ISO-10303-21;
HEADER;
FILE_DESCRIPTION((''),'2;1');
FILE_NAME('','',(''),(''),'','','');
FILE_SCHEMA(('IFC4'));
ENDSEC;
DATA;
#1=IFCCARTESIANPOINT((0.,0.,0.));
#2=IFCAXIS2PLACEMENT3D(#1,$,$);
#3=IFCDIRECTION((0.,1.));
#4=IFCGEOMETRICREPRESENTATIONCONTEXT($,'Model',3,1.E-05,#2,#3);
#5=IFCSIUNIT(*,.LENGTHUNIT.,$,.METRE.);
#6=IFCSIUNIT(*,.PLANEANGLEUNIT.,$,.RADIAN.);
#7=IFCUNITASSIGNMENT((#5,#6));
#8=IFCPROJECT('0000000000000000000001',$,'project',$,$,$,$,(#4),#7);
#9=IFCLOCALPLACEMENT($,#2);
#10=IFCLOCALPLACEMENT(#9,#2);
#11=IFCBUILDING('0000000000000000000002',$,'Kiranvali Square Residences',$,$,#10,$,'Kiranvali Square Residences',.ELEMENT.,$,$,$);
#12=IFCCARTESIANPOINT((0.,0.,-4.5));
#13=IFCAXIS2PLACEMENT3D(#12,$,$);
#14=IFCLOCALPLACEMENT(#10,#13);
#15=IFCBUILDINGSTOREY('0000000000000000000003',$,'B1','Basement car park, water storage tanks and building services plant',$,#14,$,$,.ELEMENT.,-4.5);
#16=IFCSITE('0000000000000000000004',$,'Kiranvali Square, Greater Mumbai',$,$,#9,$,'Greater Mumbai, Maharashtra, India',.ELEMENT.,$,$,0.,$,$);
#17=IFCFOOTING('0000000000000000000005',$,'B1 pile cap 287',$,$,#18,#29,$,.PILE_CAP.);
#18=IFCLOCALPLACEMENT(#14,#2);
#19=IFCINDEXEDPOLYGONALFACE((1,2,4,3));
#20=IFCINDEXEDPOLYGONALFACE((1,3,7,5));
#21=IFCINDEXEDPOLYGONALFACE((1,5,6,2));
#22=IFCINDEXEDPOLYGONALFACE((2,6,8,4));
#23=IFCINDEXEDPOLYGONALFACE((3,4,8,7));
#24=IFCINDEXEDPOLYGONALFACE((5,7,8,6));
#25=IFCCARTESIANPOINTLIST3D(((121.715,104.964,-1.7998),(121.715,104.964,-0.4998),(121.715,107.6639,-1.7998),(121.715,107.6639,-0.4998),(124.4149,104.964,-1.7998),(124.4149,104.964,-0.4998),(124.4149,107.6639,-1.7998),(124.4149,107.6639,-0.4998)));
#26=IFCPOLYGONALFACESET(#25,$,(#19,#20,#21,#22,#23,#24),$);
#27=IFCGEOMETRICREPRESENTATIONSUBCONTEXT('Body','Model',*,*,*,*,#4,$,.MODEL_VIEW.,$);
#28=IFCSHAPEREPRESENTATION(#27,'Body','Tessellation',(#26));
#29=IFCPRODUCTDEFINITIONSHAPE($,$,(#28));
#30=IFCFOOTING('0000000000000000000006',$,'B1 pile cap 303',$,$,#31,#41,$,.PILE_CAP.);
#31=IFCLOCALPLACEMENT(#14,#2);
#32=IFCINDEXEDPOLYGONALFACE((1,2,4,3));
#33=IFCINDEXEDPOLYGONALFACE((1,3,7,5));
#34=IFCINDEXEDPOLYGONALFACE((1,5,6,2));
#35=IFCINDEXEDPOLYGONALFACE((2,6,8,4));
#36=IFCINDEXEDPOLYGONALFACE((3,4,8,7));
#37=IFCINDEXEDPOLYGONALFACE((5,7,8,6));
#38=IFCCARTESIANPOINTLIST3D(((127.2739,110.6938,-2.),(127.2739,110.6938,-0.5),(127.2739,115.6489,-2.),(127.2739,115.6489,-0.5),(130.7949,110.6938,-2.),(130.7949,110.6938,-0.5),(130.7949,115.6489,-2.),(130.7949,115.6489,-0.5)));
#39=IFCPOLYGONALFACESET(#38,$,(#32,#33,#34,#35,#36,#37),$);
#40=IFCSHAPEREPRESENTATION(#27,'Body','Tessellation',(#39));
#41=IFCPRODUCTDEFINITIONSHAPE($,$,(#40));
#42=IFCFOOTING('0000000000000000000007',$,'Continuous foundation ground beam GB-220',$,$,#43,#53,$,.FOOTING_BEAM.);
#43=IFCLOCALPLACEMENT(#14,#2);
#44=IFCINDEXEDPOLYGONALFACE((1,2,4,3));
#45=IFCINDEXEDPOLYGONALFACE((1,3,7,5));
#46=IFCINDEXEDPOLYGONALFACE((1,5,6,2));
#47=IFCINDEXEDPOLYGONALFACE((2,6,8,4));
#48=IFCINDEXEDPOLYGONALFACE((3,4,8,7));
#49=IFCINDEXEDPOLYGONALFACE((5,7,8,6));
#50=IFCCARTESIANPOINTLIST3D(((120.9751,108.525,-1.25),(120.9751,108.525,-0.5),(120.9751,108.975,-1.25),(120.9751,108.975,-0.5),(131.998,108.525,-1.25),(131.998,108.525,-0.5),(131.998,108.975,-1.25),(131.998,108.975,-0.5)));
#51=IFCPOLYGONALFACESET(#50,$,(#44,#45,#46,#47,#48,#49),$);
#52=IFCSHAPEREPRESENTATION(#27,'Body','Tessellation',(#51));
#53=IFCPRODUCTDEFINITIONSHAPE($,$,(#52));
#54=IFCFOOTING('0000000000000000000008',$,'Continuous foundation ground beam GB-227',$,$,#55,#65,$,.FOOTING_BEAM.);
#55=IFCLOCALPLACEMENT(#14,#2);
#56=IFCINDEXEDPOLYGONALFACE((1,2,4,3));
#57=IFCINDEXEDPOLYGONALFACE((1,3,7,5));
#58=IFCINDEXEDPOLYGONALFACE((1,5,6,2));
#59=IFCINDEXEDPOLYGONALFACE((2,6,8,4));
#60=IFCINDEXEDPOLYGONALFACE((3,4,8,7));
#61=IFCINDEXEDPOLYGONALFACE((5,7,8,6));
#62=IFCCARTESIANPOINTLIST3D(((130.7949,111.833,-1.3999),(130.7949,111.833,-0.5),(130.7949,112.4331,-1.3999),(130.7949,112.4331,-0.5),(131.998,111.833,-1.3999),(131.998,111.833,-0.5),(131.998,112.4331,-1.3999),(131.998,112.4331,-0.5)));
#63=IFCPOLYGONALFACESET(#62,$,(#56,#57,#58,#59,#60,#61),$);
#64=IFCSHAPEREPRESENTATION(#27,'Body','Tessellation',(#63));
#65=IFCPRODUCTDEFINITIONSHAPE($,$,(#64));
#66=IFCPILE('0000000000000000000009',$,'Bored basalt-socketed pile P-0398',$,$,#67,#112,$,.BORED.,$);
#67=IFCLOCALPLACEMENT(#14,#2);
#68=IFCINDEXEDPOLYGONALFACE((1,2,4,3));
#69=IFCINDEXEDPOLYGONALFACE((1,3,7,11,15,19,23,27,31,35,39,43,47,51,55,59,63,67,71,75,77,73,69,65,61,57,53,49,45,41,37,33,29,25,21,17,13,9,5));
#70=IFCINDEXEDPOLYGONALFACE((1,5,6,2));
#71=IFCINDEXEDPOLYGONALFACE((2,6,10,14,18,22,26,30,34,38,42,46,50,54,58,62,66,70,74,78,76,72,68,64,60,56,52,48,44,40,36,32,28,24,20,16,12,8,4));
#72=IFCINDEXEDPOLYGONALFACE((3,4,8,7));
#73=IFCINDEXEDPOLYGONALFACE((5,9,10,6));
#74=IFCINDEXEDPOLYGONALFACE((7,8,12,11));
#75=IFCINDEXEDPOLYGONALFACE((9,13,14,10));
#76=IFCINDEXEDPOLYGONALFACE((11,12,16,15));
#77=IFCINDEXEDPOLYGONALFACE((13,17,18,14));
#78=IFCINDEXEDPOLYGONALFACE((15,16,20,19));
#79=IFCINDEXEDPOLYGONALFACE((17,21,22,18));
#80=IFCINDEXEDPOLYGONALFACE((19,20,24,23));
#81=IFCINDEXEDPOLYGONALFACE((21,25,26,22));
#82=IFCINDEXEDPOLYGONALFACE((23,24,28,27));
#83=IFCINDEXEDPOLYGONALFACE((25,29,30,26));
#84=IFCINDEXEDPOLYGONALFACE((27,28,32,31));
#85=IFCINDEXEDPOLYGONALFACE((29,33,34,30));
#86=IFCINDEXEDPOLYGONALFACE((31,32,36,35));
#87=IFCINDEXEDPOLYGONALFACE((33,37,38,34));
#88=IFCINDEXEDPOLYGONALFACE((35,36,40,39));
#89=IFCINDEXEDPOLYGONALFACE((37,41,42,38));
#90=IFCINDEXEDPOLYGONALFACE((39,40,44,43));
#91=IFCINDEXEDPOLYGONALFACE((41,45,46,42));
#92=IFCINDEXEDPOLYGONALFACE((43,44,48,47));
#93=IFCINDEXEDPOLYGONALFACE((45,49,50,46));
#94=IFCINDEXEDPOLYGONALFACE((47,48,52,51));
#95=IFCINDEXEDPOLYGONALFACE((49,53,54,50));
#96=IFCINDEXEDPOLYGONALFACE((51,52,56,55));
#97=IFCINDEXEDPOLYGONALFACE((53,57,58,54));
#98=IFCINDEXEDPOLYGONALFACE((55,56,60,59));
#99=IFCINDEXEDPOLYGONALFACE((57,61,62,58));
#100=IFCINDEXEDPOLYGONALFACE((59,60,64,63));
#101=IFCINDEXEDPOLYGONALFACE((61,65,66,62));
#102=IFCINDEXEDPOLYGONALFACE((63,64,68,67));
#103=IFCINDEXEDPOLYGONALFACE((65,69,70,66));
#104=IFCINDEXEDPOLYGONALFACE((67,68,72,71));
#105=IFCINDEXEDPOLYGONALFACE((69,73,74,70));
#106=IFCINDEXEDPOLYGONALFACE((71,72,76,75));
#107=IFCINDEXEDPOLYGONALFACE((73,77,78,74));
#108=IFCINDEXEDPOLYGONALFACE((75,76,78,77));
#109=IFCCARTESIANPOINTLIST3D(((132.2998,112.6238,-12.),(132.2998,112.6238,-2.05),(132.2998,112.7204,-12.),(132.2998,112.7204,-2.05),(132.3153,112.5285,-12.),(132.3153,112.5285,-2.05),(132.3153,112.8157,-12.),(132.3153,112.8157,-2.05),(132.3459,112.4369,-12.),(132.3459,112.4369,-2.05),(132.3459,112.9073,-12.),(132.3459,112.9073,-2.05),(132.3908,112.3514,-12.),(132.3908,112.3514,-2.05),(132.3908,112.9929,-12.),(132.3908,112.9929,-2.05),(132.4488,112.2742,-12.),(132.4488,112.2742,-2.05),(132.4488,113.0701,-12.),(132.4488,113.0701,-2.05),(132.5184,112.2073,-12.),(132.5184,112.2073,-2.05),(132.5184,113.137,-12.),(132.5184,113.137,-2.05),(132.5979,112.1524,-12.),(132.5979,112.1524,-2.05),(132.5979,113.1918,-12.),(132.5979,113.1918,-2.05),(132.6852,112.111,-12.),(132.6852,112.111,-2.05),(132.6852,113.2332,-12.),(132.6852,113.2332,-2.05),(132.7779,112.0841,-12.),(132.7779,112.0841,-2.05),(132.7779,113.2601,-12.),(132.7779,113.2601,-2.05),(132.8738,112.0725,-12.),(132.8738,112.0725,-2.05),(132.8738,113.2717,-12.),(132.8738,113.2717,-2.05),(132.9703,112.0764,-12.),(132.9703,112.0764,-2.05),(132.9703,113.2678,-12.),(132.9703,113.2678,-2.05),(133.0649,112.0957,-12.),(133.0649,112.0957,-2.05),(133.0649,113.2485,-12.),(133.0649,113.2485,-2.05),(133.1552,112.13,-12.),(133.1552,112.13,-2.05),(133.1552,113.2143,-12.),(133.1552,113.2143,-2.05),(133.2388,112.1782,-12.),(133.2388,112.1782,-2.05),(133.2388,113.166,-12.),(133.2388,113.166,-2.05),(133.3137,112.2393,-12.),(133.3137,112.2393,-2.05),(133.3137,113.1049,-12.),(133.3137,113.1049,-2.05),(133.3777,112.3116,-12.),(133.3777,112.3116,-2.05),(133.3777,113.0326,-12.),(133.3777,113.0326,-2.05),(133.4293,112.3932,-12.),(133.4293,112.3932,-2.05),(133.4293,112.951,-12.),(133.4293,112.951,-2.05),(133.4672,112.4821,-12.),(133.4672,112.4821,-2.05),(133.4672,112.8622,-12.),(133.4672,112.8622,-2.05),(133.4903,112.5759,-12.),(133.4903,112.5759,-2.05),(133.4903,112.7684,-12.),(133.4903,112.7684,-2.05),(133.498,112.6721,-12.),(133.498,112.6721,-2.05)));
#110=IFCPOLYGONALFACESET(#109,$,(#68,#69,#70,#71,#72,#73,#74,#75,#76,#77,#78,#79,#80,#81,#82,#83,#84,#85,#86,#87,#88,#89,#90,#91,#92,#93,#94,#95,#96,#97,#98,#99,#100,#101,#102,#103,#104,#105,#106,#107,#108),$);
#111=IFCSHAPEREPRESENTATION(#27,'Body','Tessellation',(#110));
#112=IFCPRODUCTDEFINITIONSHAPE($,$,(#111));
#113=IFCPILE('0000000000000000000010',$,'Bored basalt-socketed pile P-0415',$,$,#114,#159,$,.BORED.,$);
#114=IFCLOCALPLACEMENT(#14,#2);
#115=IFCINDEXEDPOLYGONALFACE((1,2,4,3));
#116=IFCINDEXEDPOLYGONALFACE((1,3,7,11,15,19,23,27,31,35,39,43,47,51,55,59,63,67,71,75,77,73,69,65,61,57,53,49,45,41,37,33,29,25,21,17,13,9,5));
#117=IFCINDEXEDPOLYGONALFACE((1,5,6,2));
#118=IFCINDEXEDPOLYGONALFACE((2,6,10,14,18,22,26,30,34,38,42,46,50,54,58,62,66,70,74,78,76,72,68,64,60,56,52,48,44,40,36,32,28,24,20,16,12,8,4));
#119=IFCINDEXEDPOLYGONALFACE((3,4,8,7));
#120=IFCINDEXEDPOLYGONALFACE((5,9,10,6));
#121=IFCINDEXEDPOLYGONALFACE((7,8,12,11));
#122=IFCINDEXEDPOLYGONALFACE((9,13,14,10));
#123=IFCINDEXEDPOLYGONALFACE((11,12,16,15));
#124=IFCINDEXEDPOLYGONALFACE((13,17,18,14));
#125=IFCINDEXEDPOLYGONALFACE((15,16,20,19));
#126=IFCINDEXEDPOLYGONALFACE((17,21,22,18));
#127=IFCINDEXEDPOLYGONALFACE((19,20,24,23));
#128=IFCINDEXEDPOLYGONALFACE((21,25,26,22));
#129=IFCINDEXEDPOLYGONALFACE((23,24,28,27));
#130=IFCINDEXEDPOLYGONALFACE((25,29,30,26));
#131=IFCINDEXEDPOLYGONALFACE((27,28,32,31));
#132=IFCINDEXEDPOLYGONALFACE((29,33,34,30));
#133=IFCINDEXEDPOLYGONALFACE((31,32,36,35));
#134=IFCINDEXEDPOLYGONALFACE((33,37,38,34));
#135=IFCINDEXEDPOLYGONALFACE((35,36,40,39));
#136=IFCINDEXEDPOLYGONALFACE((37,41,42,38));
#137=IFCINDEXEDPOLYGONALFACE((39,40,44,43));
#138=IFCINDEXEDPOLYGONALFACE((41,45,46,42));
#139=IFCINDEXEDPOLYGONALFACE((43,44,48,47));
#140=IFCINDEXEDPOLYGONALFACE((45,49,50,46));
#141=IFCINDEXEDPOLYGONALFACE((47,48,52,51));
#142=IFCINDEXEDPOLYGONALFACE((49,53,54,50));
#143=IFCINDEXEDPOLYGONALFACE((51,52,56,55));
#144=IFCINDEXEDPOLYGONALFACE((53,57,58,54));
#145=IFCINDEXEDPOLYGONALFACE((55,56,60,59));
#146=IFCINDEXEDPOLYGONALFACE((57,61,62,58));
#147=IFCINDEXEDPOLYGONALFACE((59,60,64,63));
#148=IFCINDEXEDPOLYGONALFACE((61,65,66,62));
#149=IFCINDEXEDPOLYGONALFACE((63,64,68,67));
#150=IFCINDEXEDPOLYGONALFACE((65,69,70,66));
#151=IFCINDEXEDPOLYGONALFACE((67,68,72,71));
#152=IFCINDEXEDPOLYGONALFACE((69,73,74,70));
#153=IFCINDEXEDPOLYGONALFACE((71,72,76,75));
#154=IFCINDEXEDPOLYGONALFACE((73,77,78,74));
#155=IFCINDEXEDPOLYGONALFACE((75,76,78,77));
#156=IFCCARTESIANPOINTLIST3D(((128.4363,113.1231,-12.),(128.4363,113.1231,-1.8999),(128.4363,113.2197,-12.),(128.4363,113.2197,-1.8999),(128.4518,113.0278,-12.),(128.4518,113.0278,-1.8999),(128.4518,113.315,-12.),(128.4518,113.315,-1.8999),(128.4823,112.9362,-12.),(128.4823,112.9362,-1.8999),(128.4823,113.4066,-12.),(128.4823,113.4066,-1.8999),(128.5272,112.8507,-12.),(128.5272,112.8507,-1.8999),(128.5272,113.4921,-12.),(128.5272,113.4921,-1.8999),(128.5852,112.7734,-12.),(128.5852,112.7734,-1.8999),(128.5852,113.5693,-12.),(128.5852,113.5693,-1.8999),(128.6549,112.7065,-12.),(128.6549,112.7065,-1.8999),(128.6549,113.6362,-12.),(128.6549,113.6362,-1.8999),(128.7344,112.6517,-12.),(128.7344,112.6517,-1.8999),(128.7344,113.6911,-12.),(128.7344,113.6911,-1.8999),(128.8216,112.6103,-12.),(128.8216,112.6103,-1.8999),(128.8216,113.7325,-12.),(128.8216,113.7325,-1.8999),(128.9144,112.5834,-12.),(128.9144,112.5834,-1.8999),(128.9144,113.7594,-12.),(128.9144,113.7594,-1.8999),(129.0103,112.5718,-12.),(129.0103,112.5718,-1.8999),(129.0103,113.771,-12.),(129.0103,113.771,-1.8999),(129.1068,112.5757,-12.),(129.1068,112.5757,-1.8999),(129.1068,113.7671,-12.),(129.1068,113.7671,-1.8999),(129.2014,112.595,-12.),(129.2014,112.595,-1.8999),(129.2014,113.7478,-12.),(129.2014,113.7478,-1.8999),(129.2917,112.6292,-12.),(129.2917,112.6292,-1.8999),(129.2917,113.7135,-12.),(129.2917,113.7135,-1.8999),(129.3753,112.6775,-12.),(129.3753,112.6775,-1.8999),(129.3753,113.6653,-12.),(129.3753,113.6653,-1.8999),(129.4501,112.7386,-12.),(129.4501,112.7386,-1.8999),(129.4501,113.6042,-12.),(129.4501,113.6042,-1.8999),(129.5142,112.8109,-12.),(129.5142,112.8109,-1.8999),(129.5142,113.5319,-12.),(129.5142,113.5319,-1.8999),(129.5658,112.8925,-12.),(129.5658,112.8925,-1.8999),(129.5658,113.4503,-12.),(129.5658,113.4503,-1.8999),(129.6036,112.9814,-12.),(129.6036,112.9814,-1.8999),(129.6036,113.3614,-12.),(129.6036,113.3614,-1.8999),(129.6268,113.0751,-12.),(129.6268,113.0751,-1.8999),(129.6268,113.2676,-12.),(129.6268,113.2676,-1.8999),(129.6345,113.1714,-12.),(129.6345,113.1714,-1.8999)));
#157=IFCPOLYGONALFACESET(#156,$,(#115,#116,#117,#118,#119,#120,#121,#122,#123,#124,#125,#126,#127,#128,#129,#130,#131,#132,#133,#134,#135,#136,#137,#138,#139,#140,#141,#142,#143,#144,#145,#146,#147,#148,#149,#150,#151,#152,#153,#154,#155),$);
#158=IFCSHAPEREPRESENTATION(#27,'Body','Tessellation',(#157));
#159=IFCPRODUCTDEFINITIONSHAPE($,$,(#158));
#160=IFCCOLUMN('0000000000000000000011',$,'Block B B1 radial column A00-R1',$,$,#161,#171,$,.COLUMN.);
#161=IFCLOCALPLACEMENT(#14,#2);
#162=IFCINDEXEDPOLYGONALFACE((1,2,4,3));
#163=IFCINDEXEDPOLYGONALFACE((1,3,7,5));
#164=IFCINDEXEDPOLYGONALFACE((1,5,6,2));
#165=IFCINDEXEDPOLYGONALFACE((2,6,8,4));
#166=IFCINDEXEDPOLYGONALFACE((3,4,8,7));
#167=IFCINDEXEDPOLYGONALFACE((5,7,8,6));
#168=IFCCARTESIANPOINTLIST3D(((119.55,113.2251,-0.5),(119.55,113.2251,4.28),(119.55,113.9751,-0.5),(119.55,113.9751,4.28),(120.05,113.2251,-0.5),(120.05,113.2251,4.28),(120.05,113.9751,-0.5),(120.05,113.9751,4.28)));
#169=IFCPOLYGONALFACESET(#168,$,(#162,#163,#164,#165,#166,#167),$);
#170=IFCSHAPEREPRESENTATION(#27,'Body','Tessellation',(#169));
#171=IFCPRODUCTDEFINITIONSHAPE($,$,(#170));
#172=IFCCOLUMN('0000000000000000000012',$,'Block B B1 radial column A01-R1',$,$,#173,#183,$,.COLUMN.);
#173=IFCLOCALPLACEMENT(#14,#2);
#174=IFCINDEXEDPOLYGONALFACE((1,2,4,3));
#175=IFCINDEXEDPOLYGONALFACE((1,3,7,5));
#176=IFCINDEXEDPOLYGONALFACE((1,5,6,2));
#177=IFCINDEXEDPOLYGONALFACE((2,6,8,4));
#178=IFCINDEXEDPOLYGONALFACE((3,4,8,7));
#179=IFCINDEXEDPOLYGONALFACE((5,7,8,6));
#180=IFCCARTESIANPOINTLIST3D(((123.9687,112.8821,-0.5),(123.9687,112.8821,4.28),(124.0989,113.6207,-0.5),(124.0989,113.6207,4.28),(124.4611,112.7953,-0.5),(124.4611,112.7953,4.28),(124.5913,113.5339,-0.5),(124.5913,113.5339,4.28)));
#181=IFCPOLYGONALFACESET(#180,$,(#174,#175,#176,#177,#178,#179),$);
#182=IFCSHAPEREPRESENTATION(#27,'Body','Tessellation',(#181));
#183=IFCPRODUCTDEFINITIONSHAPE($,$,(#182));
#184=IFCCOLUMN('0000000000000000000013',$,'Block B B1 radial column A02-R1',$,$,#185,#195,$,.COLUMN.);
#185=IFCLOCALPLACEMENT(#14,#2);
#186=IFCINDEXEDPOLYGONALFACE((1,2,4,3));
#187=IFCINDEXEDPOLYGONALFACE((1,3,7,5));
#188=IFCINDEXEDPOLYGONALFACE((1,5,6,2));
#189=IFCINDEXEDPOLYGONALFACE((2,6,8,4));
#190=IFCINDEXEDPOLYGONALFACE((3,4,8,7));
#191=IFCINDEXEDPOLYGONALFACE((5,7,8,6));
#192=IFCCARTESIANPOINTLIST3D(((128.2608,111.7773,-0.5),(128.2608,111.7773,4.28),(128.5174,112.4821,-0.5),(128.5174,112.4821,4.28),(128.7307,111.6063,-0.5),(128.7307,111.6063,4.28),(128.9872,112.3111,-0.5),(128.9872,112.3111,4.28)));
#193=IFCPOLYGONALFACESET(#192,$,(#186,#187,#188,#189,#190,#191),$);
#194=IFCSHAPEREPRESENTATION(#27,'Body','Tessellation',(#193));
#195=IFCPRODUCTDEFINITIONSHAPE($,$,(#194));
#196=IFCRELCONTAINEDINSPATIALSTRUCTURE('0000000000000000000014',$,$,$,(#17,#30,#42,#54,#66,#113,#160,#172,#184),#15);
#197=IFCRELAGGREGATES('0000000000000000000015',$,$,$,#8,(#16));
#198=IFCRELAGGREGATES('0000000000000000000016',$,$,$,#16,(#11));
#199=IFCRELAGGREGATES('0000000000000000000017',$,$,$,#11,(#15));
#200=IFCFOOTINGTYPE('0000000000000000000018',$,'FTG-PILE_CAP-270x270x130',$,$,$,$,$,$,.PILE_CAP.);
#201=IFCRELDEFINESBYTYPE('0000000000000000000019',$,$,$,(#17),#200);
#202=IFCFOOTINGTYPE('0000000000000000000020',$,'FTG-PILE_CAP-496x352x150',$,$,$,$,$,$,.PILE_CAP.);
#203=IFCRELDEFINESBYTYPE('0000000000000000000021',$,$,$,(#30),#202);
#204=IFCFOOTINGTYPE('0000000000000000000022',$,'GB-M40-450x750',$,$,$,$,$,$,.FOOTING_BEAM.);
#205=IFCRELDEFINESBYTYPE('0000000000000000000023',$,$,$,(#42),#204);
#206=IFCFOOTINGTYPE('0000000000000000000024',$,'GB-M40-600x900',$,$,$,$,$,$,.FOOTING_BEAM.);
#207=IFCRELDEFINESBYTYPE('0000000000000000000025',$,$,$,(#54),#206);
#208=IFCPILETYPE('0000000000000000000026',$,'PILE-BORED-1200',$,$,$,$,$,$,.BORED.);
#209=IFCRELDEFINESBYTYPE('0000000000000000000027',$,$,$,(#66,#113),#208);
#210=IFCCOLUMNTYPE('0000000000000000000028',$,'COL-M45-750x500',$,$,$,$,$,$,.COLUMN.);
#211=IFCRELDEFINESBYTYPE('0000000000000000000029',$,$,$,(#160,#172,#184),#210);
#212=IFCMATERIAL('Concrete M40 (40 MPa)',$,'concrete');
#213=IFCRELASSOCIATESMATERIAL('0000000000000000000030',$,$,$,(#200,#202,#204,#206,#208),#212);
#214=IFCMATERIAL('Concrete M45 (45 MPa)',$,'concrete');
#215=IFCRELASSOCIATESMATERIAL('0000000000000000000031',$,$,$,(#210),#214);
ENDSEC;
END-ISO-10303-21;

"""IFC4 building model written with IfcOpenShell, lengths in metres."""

from ifc_helpers import new_model, si_unit, direction, frame, origin, origin_2d, place, context, subcontext, project, spatial, rectangle, circle, extrude, material, material_profile, profile_set, type_object, element, save


model = new_model("IFC4")

# Units and contexts
model_context = context("Model", 3, precision=1e-05, world=origin(), true_north=direction((0.0, 1.0)))
body_context = subcontext(model_context, "Body", "Model", "MODEL_VIEW")
ifc_project = project(units=[si_unit("LENGTHUNIT", "METRE"), si_unit("PLANEANGLEUNIT", "RADIAN")], contexts=[model_context])

# Site, building, storey
site_placement = place(None, origin())
site = spatial("IfcSite", under=ifc_project, at=site_placement, Name="Kiranvali Square, Greater Mumbai", LongName="Greater Mumbai, Maharashtra, India", CompositionType="ELEMENT", RefElevation=0.0)
building_placement = place(site_placement, origin())
building = spatial("IfcBuilding", under=site, at=building_placement, Name="Kiranvali Square Residences", LongName="Kiranvali Square Residences", CompositionType="ELEMENT")
storey_placement = place(building_placement, frame((0.0, 0.0, -4.5)))
storey = spatial("IfcBuildingStorey", under=building, at=storey_placement, Name="B1", Description="Basement car park, water storage tanks and building services plant", CompositionType="ELEMENT", Elevation=-4.5)

# Footings
ifc_material_1 = material(Name="Concrete M40 (40 MPa)", Category="concrete")
footing_type_1 = type_object("IfcFootingType", Name="FTG-PILE_CAP-270x270x130", PredefinedType="PILE_CAP", material=ifc_material_1)
footing_1_placement = place(storey_placement, frame((123.0649, 106.314, -1.7998), z_axis=(0.0, 0.0, 1.0), x_axis=(1.0, 0.0, 0.0)))
element("IfcFooting", 1, at=footing_1_placement, inside=storey, type_object=footing_type_1, Name="B1 pile cap 287", PredefinedType="PILE_CAP", context=body_context, shape_type="SweptSolid", body=[
    extrude(rectangle(XDim=2.7, YDim=2.7, at=origin_2d()), origin(), (0.0, 0.0, 1.0), 1.3),
])
footing_type_2 = type_object("IfcFootingType", Name="FTG-PILE_CAP-496x352x150", PredefinedType="PILE_CAP", material=ifc_material_1)
footing_2_placement = place(storey_placement, frame((129.0344, 113.1714, -2.0), z_axis=(0.0, 0.0, 1.0), x_axis=(0.0, 1.0, 0.0)))
element("IfcFooting", 2, at=footing_2_placement, inside=storey, type_object=footing_type_2, Name="B1 pile cap 303", PredefinedType="PILE_CAP", context=body_context, shape_type="SweptSolid", body=[
    extrude(rectangle(XDim=4.9551, YDim=3.521, at=origin_2d()), origin(), (0.0, 0.0, 1.0), 1.5),
])
ifc_material_profile_1 = material_profile(ifc_material_1, rectangle(XDim=0.45, YDim=0.75, at=origin_2d()), Name="GB 450x750")
ifc_profile_set_1 = profile_set([ifc_material_profile_1], Name="Concrete M40 (40 MPa)")
footing_type_3 = type_object("IfcFootingType", Name="GB-M40-450x750", PredefinedType="FOOTING_BEAM", material=ifc_profile_set_1)
footing_3_placement = place(storey_placement, frame((120.9751, 108.75, -0.875), z_axis=(1.0, 0.0, 0.0), x_axis=(0.0, 1.0, 0.0)))
element("IfcFooting", 3, at=footing_3_placement, inside=storey, type_object=footing_type_3, Name="Continuous foundation ground beam GB-220", PredefinedType="FOOTING_BEAM", context=body_context, shape_type="SweptSolid", body=[
    extrude(rectangle(XDim=0.45, YDim=0.75, at=origin_2d()), origin(), (0.0, 0.0, 1.0), 11.0229),
])
ifc_material_profile_2 = material_profile(ifc_material_1, rectangle(XDim=0.6001, YDim=0.8999, at=origin_2d()), Name="GB 600x900")
ifc_profile_set_2 = profile_set([ifc_material_profile_2], Name="Concrete M40 (40 MPa)")
footing_type_4 = type_object("IfcFootingType", Name="GB-M40-600x900", PredefinedType="FOOTING_BEAM", material=ifc_profile_set_2)
footing_4_placement = place(storey_placement, frame((130.7949, 112.1331, -0.95), z_axis=(1.0, 0.0, 0.0), x_axis=(0.0, 1.0, 0.0)))
element("IfcFooting", 4, at=footing_4_placement, inside=storey, type_object=footing_type_4, Name="Continuous foundation ground beam GB-227", PredefinedType="FOOTING_BEAM", context=body_context, shape_type="SweptSolid", body=[
    extrude(rectangle(XDim=0.6001, YDim=0.8999, at=origin_2d()), origin(), (0.0, 0.0, 1.0), 1.2031),
])

# Piles
ifc_material_profile_3 = material_profile(ifc_material_1, circle(Radius=0.6001, at=origin_2d()), Name="BORED PILE 1200")
ifc_profile_set_3 = profile_set([ifc_material_profile_3], Name="Concrete M40 (40 MPa)")
pile_type = type_object("IfcPileType", Name="PILE-BORED-1200", PredefinedType="BORED", material=ifc_profile_set_3)
pile_1_placement = place(storey_placement, frame((132.8979, 112.6721, -2.05), z_axis=(0.0, 0.0, -1.0), x_axis=(1.0, 0.0, 0.0)))
element("IfcPile", 5, at=pile_1_placement, inside=storey, type_object=pile_type, Name="Bored basalt-socketed pile P-0398", PredefinedType="BORED", context=body_context, shape_type="SweptSolid", body=[
    extrude(circle(Radius=0.6001, at=origin_2d()), origin(), (0.0, 0.0, 1.0), 9.95),
])
pile_2_placement = place(storey_placement, frame((129.0344, 113.1714, -1.8999), z_axis=(0.0, 0.0, -1.0), x_axis=(1.0, 0.0, 0.0)))
element("IfcPile", 6, at=pile_2_placement, inside=storey, type_object=pile_type, Name="Bored basalt-socketed pile P-0415", PredefinedType="BORED", context=body_context, shape_type="SweptSolid", body=[
    extrude(circle(Radius=0.6001, at=origin_2d()), origin(), (0.0, 0.0, 1.0), 10.1001),
])

# Columns
ifc_material_2 = material(Name="Concrete M45 (45 MPa)", Category="concrete")
ifc_material_profile_4 = material_profile(ifc_material_2, rectangle(XDim=0.5, YDim=0.75, at=origin_2d()), Name="RC 750x500")
ifc_profile_set_4 = profile_set([ifc_material_profile_4], Name="Concrete M45 (45 MPa)")
column_type_1 = type_object("IfcColumnType", Name="COL-M45-750x500", PredefinedType="COLUMN", material=ifc_profile_set_4)
for number, where, z_axis, x_axis, name in (
    (7, (119.8, 113.6001, -0.5), (0.0, 0.0, 1.0), (1.0, 0.0, 0.0), "Block B B1 radial column A00-R1"),
    (8, (124.28, 113.208, -0.5), (0.0, 0.0, 1.0), (-0.984808, 0.173648, 0.0), "Block B B1 radial column A01-R1"),
    (9, (128.624, 112.0442, -0.5), (0.0, 0.0, 1.0), (-0.939693, 0.34202, 0.0), "Block B B1 radial column A02-R1"),
):
    element("IfcColumn", number, at=place(storey_placement, frame(where, z_axis=z_axis, x_axis=x_axis)), inside=storey, type_object=column_type_1, Name=name, PredefinedType="COLUMN", context=body_context, shape_type="SweptSolid", body=[
        extrude(rectangle(XDim=0.5, YDim=0.75, at=origin_2d()), origin(), (0.0, 0.0, 1.0), 4.78),
    ])

save(model, "model.ifc")
